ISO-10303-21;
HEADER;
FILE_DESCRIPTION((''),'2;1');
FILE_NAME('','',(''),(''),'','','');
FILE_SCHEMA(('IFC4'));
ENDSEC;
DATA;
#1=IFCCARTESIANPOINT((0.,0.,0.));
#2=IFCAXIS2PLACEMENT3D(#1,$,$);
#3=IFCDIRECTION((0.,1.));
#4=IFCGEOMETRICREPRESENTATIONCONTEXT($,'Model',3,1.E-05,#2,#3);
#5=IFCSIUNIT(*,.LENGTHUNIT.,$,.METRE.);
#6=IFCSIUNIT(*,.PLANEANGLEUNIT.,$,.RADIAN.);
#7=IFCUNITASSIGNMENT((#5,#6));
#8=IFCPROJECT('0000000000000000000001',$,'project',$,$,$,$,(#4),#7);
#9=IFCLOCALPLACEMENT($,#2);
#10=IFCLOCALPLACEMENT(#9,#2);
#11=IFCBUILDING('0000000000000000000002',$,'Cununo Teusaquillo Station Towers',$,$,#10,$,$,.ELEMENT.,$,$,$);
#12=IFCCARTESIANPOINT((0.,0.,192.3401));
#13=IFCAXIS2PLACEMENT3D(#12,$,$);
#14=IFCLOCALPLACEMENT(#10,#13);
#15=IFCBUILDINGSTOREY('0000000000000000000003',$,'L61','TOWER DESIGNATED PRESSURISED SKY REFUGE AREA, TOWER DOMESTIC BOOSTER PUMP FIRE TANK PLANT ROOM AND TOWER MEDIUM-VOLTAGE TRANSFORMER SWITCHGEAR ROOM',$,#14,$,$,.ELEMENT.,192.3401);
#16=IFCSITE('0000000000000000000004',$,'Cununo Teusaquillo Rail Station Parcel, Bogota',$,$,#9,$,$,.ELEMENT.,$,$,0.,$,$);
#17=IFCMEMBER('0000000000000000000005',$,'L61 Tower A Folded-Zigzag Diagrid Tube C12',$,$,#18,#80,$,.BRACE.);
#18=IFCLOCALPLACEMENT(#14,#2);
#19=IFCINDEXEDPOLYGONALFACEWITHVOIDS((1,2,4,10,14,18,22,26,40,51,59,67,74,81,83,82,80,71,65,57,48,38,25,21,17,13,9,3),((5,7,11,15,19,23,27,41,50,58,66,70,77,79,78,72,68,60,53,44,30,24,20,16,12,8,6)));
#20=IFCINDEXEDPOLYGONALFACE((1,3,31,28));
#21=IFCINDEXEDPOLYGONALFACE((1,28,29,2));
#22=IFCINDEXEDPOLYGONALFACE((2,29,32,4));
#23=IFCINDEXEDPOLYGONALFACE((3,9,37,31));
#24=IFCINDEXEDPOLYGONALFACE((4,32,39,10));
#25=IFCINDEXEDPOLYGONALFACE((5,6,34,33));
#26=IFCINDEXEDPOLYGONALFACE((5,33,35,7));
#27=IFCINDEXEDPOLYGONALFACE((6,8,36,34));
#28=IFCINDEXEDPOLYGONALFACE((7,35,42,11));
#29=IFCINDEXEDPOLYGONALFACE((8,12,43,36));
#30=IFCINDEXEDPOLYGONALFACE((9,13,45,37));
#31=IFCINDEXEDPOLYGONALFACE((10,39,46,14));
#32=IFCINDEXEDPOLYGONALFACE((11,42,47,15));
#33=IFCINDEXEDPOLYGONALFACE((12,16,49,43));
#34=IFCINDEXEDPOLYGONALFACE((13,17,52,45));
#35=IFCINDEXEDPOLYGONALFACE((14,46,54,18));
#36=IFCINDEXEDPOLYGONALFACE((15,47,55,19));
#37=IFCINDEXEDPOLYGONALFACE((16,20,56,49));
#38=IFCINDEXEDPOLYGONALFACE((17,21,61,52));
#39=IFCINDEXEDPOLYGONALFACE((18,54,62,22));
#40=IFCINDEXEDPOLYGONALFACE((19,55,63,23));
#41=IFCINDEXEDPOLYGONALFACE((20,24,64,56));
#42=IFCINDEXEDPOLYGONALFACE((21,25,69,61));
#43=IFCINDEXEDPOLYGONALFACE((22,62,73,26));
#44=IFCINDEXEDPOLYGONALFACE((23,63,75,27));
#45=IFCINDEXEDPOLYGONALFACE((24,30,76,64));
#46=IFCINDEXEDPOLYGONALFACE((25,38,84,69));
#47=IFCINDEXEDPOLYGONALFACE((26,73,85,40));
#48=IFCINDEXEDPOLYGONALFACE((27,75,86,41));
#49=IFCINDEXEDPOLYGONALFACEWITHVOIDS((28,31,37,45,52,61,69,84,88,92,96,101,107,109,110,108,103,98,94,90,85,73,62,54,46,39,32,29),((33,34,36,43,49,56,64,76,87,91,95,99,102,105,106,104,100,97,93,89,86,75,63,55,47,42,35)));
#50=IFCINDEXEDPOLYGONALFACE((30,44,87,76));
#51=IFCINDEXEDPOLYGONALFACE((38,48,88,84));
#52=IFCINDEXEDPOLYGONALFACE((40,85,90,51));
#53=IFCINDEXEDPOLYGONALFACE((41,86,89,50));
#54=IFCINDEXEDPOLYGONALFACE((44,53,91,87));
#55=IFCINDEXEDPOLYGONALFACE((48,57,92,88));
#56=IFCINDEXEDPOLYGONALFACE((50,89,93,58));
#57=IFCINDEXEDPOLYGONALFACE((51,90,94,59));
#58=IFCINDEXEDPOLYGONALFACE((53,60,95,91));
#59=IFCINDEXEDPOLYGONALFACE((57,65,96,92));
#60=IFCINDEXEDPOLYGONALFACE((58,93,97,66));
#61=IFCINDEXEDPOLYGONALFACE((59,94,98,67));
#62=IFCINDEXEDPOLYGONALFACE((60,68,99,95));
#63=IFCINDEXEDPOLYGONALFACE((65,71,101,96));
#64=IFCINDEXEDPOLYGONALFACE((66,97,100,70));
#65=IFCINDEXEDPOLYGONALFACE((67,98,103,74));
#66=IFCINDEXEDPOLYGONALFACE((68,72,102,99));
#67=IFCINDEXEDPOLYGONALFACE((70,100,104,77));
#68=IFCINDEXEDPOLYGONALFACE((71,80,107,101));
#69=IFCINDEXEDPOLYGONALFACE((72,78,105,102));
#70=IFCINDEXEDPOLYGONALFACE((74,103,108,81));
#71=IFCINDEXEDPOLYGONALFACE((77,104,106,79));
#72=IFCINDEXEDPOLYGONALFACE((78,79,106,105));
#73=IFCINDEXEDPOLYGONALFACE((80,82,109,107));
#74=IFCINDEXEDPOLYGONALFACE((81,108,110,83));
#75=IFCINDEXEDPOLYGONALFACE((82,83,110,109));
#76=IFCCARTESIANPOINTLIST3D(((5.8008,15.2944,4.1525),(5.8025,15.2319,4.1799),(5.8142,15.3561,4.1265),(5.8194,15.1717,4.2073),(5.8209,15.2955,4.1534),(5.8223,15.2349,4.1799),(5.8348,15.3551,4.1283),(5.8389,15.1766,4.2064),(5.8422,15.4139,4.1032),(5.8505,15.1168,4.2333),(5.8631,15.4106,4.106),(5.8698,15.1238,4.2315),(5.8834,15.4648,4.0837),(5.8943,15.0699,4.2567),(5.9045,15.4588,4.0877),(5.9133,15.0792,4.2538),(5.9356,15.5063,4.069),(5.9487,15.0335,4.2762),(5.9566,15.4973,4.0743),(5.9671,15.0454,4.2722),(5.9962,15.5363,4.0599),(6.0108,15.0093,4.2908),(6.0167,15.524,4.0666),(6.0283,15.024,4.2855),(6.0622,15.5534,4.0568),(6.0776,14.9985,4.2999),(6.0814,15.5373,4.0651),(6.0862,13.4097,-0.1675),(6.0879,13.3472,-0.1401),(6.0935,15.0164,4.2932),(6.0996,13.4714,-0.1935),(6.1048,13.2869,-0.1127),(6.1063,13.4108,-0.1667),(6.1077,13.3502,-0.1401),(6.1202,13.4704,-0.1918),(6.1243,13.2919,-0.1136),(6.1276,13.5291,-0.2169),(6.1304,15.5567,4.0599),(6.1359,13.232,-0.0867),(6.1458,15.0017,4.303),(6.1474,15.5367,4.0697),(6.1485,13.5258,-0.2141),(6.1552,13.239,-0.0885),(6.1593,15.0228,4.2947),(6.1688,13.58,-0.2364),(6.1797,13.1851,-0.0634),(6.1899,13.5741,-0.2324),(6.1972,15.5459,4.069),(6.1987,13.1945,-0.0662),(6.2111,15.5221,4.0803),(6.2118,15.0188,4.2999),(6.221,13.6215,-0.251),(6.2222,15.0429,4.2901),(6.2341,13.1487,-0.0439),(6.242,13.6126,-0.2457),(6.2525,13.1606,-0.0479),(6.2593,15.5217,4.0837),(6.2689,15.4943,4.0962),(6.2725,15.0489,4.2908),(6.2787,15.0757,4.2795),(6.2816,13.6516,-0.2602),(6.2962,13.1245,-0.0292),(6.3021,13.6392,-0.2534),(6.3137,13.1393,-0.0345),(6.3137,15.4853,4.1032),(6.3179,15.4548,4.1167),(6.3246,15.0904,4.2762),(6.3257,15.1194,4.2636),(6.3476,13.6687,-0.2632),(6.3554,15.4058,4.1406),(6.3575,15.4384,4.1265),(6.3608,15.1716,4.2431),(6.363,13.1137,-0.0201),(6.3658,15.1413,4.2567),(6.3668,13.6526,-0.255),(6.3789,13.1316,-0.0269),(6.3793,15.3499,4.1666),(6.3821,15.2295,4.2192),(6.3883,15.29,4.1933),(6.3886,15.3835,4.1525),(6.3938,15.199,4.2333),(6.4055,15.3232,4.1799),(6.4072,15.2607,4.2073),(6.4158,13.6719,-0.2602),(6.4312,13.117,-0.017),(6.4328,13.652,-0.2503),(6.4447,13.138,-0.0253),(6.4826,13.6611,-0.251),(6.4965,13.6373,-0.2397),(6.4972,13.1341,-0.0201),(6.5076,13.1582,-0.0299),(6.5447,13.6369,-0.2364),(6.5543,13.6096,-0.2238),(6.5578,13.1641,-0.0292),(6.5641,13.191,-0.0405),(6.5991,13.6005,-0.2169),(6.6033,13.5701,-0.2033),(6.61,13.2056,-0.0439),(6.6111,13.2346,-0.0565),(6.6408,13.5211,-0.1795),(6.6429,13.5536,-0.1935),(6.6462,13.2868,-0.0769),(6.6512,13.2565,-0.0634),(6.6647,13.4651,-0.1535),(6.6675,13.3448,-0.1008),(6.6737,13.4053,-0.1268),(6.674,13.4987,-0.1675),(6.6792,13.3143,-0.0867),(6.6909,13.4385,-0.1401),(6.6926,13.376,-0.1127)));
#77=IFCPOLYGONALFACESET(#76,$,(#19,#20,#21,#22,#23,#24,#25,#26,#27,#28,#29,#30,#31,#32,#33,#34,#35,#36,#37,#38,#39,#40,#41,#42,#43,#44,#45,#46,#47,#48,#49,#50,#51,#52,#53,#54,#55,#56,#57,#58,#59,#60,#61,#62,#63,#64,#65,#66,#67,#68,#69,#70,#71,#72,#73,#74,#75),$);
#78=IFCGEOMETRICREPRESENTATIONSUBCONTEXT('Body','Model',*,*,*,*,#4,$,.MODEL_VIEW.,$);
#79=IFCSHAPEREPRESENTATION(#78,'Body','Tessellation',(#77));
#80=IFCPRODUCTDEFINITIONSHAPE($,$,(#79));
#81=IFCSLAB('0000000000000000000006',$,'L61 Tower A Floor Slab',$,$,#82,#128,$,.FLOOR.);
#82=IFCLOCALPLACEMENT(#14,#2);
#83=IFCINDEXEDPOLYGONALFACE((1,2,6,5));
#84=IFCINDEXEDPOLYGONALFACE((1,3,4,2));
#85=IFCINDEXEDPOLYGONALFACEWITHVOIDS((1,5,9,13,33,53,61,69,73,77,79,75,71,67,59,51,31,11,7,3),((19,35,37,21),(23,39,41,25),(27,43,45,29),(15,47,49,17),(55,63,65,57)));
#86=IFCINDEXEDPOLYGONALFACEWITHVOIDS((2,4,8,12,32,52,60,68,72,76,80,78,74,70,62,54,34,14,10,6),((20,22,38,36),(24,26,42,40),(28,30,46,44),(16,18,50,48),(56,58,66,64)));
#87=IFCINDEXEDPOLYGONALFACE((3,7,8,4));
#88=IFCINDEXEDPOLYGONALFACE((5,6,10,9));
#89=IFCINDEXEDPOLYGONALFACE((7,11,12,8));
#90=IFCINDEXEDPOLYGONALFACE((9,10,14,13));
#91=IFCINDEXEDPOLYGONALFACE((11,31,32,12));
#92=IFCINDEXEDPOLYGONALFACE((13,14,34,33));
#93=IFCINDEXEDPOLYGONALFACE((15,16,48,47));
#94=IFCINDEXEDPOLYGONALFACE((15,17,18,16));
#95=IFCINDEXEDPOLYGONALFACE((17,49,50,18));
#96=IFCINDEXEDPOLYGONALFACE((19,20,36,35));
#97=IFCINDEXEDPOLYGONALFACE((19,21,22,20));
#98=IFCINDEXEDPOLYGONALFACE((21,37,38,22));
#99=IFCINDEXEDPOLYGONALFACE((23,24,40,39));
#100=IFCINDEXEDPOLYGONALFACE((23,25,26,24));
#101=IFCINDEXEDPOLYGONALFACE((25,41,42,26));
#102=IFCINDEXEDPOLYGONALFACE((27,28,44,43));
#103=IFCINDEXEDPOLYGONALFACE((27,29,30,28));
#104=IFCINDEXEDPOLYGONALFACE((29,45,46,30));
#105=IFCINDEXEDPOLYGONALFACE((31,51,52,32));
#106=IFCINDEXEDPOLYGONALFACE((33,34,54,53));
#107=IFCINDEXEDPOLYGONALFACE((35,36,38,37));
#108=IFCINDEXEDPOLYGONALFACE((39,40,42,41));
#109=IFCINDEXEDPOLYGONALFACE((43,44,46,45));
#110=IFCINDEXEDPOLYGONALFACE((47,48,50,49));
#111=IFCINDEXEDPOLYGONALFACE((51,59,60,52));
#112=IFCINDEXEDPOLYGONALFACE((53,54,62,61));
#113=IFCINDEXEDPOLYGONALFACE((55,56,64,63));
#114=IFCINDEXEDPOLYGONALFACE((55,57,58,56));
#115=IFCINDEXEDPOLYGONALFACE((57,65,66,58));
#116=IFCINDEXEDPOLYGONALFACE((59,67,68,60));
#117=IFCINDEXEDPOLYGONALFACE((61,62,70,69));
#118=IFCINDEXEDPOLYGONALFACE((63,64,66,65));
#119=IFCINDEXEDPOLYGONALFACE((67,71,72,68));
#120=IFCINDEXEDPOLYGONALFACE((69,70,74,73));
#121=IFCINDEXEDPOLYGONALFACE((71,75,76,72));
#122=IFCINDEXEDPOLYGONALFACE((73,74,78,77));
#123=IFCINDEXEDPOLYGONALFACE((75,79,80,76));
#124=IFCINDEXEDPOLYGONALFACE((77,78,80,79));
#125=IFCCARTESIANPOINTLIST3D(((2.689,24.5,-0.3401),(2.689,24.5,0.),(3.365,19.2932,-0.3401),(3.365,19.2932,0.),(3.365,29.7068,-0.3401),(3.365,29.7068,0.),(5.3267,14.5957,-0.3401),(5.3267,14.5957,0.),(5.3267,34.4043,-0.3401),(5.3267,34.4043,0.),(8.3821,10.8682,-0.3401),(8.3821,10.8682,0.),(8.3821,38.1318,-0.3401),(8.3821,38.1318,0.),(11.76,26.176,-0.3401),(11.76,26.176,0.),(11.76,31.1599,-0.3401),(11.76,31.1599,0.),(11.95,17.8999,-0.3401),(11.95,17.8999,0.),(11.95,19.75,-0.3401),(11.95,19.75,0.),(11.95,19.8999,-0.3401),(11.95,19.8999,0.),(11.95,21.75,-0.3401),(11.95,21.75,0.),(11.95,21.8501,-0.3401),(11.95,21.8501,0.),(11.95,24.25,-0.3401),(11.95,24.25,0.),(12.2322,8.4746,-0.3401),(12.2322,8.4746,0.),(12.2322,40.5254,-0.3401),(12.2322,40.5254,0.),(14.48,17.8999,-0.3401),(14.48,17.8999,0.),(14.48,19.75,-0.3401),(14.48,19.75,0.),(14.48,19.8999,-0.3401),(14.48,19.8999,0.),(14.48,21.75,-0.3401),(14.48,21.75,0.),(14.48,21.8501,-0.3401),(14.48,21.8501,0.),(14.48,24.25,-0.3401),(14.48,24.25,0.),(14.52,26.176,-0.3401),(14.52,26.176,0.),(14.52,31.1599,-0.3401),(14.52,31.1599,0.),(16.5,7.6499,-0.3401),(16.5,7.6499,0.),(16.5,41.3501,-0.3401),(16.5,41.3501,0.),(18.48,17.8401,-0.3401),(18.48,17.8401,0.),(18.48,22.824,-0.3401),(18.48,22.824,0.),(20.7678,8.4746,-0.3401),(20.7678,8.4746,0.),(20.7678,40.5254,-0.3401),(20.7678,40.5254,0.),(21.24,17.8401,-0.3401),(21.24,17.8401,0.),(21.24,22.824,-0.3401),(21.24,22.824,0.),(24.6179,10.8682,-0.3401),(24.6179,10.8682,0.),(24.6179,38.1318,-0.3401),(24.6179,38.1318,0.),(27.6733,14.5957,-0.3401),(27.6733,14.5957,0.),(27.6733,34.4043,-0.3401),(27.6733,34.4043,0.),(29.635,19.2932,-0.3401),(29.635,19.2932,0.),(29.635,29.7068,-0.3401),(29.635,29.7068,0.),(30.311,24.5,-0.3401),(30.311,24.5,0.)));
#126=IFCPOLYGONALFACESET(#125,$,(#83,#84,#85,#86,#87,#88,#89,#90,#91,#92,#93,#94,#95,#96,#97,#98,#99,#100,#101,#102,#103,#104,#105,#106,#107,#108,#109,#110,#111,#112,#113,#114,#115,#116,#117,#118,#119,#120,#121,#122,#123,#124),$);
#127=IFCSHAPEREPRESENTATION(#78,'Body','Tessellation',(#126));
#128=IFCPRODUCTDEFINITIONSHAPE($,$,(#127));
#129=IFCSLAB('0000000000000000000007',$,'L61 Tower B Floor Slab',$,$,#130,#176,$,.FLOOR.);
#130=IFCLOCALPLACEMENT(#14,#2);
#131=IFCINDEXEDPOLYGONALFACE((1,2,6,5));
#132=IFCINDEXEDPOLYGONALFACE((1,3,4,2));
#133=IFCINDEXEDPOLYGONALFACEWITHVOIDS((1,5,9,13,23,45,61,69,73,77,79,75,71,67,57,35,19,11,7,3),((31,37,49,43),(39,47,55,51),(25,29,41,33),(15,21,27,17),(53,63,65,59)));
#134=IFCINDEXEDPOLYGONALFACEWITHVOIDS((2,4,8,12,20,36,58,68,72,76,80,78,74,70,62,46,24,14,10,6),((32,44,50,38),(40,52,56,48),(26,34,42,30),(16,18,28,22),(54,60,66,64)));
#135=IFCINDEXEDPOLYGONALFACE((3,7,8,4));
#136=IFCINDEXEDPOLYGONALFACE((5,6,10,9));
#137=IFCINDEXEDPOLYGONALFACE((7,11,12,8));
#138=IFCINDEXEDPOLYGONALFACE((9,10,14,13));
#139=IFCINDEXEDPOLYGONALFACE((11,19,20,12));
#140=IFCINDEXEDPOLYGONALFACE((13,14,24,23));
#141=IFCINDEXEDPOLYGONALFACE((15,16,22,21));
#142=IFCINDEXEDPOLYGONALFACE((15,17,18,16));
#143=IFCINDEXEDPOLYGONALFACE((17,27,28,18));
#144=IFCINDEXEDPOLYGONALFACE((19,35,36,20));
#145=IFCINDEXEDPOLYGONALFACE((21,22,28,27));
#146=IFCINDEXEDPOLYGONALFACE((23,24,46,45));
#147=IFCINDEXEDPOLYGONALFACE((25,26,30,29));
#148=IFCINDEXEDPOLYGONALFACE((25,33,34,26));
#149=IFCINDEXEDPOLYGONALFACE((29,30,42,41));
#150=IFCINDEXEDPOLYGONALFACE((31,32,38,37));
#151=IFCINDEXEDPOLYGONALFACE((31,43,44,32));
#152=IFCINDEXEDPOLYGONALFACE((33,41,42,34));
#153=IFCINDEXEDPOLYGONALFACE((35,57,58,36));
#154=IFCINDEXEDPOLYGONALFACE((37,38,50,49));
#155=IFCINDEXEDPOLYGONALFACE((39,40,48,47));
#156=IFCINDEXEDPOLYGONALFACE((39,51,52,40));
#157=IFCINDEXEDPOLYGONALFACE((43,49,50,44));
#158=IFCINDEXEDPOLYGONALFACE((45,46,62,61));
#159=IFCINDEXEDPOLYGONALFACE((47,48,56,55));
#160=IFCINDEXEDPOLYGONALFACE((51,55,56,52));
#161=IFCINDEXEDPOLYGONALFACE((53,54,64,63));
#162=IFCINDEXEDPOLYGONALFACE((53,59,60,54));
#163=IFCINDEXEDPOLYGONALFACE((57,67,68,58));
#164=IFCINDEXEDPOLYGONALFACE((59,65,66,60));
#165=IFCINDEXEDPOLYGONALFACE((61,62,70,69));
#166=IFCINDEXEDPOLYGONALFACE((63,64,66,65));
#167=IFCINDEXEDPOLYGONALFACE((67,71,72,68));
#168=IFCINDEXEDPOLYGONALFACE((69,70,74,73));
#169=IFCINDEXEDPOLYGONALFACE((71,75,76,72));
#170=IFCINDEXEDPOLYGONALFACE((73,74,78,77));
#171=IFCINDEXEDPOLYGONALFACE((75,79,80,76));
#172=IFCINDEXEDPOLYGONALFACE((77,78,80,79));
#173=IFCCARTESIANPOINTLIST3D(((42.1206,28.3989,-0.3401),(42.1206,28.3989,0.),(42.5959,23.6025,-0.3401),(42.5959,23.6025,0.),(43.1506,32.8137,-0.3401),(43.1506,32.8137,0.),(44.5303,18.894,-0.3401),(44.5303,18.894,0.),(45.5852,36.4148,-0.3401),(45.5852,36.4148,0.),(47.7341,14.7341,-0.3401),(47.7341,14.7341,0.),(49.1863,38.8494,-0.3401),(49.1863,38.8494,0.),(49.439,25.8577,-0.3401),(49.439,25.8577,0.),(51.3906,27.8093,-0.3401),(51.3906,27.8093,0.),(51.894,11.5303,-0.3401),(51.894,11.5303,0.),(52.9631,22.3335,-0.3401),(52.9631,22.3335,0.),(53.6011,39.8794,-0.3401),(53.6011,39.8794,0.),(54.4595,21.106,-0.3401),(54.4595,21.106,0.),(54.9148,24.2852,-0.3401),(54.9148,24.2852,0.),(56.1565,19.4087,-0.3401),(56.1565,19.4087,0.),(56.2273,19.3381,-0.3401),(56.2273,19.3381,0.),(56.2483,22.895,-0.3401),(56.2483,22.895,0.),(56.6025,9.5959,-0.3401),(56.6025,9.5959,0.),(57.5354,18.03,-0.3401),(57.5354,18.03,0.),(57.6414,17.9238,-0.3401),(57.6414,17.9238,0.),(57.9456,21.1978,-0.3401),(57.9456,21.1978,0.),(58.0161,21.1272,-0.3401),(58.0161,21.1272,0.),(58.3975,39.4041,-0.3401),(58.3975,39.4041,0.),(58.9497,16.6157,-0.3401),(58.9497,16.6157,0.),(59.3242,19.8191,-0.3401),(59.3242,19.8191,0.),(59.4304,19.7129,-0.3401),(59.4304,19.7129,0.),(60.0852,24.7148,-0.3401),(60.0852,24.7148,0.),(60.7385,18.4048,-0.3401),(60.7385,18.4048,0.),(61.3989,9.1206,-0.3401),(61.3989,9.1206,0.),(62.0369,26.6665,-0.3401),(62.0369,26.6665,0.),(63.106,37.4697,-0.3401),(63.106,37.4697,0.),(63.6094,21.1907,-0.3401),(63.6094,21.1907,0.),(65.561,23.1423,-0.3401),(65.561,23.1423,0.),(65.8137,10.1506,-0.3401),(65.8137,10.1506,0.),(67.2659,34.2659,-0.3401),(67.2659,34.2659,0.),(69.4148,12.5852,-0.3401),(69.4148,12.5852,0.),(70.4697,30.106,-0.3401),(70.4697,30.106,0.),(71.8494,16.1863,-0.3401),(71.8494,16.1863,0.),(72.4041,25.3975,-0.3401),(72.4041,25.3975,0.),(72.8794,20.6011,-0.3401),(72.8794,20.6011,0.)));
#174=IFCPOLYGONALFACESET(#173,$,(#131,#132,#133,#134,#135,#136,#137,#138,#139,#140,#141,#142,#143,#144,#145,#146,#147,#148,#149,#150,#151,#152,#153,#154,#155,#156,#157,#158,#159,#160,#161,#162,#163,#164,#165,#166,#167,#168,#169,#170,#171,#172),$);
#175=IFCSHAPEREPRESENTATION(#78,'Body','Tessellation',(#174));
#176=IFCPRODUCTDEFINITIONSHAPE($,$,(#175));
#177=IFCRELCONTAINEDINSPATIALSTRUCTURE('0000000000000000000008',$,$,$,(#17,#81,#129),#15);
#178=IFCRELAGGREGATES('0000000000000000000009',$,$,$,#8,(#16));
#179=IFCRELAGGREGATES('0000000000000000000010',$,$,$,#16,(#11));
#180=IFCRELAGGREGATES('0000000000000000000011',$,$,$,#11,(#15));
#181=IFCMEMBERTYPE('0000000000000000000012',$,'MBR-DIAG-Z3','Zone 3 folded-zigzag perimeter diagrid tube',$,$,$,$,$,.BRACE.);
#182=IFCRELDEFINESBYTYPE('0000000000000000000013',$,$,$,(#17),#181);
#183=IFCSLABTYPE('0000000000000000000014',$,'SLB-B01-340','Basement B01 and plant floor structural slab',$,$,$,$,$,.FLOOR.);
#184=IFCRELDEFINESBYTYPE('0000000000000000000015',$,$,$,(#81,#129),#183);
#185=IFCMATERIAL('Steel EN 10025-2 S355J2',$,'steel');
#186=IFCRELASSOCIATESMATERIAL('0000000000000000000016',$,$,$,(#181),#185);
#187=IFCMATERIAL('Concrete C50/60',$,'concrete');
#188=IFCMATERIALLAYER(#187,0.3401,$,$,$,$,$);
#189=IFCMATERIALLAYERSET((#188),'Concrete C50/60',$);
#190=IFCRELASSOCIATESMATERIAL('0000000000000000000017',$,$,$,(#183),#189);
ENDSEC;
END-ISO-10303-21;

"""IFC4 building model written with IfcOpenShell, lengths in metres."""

from ifc_helpers import new_model, si_unit, direction, frame, origin, origin_2d, place, context, subcontext, project, spatial, polyline, hollow_circle, outline, extrude, material, layer, layer_set, material_profile, profile_set, type_object, element, save


model = new_model("IFC4")

# Units and contexts
model_context = context("Model", 3, precision=1e-05, world=origin(), true_north=direction((0.0, 1.0)))
body_context = subcontext(model_context, "Body", "Model", "MODEL_VIEW")
ifc_project = project(units=[si_unit("LENGTHUNIT", "METRE"), si_unit("PLANEANGLEUNIT", "RADIAN")], contexts=[model_context])

# Site, building, storey
site_placement = place(None, origin())
site = spatial("IfcSite", under=ifc_project, at=site_placement, Name="Cununo Teusaquillo Rail Station Parcel, Bogota", CompositionType="ELEMENT", RefElevation=0.0)
building_placement = place(site_placement, origin())
building = spatial("IfcBuilding", under=site, at=building_placement, Name="Cununo Teusaquillo Station Towers", CompositionType="ELEMENT")
storey_placement = place(building_placement, frame((0.0, 0.0, 192.3401)))
storey = spatial("IfcBuildingStorey", under=building, at=storey_placement, Name="L61", Description="TOWER DESIGNATED PRESSURISED SKY REFUGE AREA, TOWER DOMESTIC BOOSTER PUMP FIRE TANK PLANT ROOM AND TOWER MEDIUM-VOLTAGE TRANSFORMER SWITCHGEAR ROOM", CompositionType="ELEMENT", Elevation=192.3401)

# Member
ifc_material_1 = material(Name="Steel EN 10025-2 S355J2", Category="steel")
ifc_material_profile_1 = material_profile(ifc_material_1, hollow_circle(Radius=0.3049, WallThickness=0.02, at=origin_2d()), Name="CHS 610x20")
ifc_profile_set_1 = profile_set([ifc_material_profile_1], Name="Steel EN 10025-2 S355J2")
member_type_1 = type_object("IfcMemberType", Name="MBR-DIAG-Z3", Description="Zone 3 folded-zigzag perimeter diagrid tube", PredefinedType="BRACE", material=ifc_profile_set_1)
member_1_placement = place(storey_placement, frame((6.3894, 13.3928, -0.1401), z_axis=(-0.060441, 0.39915, 0.914891), x_axis=(-0.988729, -0.149718, 0.0)))
element("IfcMember", 1, at=member_1_placement, inside=storey, type_object=member_type_1, Name="L61 Tower A Folded-Zigzag Diagrid Tube C12", PredefinedType="BRACE", context=body_context, shape_type="SweptSolid", body=[
    extrude(hollow_circle(Radius=0.3049, WallThickness=0.02, at=origin_2d()), origin(), (0.0, 0.0, 1.0), 4.7219),
])

# Slabs
ifc_material_2 = material(Name="Concrete C50/60", Category="concrete")
ifc_layer_1 = layer(ifc_material_2, 0.3401)
ifc_layer_set_1 = layer_set([ifc_layer_1], Name="Concrete C50/60")
slab_type_1 = type_object("IfcSlabType", Name="SLB-B01-340", Description="Basement B01 and plant floor structural slab", PredefinedType="FLOOR", material=ifc_layer_set_1)
slab_1_placement = place(storey_placement, frame((0.0, 0.0, -0.3401)))
element("IfcSlab", 2, at=slab_1_placement, inside=storey, type_object=slab_type_1, Name="L61 Tower A Floor Slab", PredefinedType="FLOOR", context=body_context, shape_type="SweptSolid", body=[
    extrude(outline(polyline([(30.311, 24.5), (29.635, 29.7068), (27.6733, 34.4043), (24.6179, 38.1318), (20.7678, 40.5254), (16.5, 41.3501), (12.2322, 40.5254), (8.3821, 38.1318), (5.3267, 34.4043), (3.365, 29.7068), (2.689, 24.5), (3.365, 19.2932), (5.3267, 14.5957), (8.3821, 10.8682), (12.2322, 8.4746), (16.5, 7.6499), (20.7678, 8.4746), (24.6179, 10.8682), (27.6733, 14.5957), (29.635, 19.2932), (30.311, 24.5)]), holes=[polyline([(14.52, 26.176), (14.52, 31.1599), (11.76, 31.1599), (11.76, 26.176), (14.52, 26.176)]), polyline([(18.48, 22.824), (18.48, 17.8401), (21.24, 17.8401), (21.24, 22.824), (18.48, 22.824)]), polyline([(11.95, 21.8501), (14.48, 21.8501), (14.48, 24.25), (11.95, 24.25), (11.95, 21.8501)]), polyline([(11.95, 17.8999), (14.48, 17.8999), (14.48, 19.75), (11.95, 19.75), (11.95, 17.8999)]), polyline([(11.95, 19.8999), (14.48, 19.8999), (14.48, 21.75), (11.95, 21.75), (11.95, 19.8999)])]), origin(), (0.0, 0.0, 1.0), 0.3401),
])
slab_2_placement = place(storey_placement, frame((0.0, 0.0, -0.3401)))
element("IfcSlab", 3, at=slab_2_placement, inside=storey, type_object=slab_type_1, Name="L61 Tower B Floor Slab", PredefinedType="FLOOR", context=body_context, shape_type="SweptSolid", body=[
    extrude(outline(polyline([(67.2659, 34.2659), (63.106, 37.4697), (58.3975, 39.4041), (53.6011, 39.8794), (49.1863, 38.8494), (45.5852, 36.4148), (43.1506, 32.8137), (42.1206, 28.3989), (42.5959, 23.6025), (44.5303, 18.894), (47.7341, 14.7341), (51.894, 11.5303), (56.6025, 9.5959), (61.3989, 9.1206), (65.8137, 10.1506), (69.4148, 12.5852), (71.8494, 16.1863), (72.8794, 20.6011), (72.4041, 25.3975), (70.4697, 30.106), (67.2659, 34.2659)]), holes=[polyline([(54.9148, 24.2852), (51.3906, 27.8093), (49.439, 25.8577), (52.9631, 22.3335), (54.9148, 24.2852)]), polyline([(60.0852, 24.7148), (63.6094, 21.1907), (65.561, 23.1423), (62.0369, 26.6665), (60.0852, 24.7148)]), polyline([(56.1565, 19.4087), (57.9456, 21.1978), (56.2483, 22.895), (54.4595, 21.106), (56.1565, 19.4087)]), polyline([(58.9497, 16.6157), (60.7385, 18.4048), (59.4304, 19.7129), (57.6414, 17.9238), (58.9497, 16.6157)]), polyline([(57.5354, 18.03), (59.3242, 19.8191), (58.0161, 21.1272), (56.2273, 19.3381), (57.5354, 18.03)])]), origin(), (0.0, 0.0, 1.0), 0.3401),
])

save(model, "model.ifc")
